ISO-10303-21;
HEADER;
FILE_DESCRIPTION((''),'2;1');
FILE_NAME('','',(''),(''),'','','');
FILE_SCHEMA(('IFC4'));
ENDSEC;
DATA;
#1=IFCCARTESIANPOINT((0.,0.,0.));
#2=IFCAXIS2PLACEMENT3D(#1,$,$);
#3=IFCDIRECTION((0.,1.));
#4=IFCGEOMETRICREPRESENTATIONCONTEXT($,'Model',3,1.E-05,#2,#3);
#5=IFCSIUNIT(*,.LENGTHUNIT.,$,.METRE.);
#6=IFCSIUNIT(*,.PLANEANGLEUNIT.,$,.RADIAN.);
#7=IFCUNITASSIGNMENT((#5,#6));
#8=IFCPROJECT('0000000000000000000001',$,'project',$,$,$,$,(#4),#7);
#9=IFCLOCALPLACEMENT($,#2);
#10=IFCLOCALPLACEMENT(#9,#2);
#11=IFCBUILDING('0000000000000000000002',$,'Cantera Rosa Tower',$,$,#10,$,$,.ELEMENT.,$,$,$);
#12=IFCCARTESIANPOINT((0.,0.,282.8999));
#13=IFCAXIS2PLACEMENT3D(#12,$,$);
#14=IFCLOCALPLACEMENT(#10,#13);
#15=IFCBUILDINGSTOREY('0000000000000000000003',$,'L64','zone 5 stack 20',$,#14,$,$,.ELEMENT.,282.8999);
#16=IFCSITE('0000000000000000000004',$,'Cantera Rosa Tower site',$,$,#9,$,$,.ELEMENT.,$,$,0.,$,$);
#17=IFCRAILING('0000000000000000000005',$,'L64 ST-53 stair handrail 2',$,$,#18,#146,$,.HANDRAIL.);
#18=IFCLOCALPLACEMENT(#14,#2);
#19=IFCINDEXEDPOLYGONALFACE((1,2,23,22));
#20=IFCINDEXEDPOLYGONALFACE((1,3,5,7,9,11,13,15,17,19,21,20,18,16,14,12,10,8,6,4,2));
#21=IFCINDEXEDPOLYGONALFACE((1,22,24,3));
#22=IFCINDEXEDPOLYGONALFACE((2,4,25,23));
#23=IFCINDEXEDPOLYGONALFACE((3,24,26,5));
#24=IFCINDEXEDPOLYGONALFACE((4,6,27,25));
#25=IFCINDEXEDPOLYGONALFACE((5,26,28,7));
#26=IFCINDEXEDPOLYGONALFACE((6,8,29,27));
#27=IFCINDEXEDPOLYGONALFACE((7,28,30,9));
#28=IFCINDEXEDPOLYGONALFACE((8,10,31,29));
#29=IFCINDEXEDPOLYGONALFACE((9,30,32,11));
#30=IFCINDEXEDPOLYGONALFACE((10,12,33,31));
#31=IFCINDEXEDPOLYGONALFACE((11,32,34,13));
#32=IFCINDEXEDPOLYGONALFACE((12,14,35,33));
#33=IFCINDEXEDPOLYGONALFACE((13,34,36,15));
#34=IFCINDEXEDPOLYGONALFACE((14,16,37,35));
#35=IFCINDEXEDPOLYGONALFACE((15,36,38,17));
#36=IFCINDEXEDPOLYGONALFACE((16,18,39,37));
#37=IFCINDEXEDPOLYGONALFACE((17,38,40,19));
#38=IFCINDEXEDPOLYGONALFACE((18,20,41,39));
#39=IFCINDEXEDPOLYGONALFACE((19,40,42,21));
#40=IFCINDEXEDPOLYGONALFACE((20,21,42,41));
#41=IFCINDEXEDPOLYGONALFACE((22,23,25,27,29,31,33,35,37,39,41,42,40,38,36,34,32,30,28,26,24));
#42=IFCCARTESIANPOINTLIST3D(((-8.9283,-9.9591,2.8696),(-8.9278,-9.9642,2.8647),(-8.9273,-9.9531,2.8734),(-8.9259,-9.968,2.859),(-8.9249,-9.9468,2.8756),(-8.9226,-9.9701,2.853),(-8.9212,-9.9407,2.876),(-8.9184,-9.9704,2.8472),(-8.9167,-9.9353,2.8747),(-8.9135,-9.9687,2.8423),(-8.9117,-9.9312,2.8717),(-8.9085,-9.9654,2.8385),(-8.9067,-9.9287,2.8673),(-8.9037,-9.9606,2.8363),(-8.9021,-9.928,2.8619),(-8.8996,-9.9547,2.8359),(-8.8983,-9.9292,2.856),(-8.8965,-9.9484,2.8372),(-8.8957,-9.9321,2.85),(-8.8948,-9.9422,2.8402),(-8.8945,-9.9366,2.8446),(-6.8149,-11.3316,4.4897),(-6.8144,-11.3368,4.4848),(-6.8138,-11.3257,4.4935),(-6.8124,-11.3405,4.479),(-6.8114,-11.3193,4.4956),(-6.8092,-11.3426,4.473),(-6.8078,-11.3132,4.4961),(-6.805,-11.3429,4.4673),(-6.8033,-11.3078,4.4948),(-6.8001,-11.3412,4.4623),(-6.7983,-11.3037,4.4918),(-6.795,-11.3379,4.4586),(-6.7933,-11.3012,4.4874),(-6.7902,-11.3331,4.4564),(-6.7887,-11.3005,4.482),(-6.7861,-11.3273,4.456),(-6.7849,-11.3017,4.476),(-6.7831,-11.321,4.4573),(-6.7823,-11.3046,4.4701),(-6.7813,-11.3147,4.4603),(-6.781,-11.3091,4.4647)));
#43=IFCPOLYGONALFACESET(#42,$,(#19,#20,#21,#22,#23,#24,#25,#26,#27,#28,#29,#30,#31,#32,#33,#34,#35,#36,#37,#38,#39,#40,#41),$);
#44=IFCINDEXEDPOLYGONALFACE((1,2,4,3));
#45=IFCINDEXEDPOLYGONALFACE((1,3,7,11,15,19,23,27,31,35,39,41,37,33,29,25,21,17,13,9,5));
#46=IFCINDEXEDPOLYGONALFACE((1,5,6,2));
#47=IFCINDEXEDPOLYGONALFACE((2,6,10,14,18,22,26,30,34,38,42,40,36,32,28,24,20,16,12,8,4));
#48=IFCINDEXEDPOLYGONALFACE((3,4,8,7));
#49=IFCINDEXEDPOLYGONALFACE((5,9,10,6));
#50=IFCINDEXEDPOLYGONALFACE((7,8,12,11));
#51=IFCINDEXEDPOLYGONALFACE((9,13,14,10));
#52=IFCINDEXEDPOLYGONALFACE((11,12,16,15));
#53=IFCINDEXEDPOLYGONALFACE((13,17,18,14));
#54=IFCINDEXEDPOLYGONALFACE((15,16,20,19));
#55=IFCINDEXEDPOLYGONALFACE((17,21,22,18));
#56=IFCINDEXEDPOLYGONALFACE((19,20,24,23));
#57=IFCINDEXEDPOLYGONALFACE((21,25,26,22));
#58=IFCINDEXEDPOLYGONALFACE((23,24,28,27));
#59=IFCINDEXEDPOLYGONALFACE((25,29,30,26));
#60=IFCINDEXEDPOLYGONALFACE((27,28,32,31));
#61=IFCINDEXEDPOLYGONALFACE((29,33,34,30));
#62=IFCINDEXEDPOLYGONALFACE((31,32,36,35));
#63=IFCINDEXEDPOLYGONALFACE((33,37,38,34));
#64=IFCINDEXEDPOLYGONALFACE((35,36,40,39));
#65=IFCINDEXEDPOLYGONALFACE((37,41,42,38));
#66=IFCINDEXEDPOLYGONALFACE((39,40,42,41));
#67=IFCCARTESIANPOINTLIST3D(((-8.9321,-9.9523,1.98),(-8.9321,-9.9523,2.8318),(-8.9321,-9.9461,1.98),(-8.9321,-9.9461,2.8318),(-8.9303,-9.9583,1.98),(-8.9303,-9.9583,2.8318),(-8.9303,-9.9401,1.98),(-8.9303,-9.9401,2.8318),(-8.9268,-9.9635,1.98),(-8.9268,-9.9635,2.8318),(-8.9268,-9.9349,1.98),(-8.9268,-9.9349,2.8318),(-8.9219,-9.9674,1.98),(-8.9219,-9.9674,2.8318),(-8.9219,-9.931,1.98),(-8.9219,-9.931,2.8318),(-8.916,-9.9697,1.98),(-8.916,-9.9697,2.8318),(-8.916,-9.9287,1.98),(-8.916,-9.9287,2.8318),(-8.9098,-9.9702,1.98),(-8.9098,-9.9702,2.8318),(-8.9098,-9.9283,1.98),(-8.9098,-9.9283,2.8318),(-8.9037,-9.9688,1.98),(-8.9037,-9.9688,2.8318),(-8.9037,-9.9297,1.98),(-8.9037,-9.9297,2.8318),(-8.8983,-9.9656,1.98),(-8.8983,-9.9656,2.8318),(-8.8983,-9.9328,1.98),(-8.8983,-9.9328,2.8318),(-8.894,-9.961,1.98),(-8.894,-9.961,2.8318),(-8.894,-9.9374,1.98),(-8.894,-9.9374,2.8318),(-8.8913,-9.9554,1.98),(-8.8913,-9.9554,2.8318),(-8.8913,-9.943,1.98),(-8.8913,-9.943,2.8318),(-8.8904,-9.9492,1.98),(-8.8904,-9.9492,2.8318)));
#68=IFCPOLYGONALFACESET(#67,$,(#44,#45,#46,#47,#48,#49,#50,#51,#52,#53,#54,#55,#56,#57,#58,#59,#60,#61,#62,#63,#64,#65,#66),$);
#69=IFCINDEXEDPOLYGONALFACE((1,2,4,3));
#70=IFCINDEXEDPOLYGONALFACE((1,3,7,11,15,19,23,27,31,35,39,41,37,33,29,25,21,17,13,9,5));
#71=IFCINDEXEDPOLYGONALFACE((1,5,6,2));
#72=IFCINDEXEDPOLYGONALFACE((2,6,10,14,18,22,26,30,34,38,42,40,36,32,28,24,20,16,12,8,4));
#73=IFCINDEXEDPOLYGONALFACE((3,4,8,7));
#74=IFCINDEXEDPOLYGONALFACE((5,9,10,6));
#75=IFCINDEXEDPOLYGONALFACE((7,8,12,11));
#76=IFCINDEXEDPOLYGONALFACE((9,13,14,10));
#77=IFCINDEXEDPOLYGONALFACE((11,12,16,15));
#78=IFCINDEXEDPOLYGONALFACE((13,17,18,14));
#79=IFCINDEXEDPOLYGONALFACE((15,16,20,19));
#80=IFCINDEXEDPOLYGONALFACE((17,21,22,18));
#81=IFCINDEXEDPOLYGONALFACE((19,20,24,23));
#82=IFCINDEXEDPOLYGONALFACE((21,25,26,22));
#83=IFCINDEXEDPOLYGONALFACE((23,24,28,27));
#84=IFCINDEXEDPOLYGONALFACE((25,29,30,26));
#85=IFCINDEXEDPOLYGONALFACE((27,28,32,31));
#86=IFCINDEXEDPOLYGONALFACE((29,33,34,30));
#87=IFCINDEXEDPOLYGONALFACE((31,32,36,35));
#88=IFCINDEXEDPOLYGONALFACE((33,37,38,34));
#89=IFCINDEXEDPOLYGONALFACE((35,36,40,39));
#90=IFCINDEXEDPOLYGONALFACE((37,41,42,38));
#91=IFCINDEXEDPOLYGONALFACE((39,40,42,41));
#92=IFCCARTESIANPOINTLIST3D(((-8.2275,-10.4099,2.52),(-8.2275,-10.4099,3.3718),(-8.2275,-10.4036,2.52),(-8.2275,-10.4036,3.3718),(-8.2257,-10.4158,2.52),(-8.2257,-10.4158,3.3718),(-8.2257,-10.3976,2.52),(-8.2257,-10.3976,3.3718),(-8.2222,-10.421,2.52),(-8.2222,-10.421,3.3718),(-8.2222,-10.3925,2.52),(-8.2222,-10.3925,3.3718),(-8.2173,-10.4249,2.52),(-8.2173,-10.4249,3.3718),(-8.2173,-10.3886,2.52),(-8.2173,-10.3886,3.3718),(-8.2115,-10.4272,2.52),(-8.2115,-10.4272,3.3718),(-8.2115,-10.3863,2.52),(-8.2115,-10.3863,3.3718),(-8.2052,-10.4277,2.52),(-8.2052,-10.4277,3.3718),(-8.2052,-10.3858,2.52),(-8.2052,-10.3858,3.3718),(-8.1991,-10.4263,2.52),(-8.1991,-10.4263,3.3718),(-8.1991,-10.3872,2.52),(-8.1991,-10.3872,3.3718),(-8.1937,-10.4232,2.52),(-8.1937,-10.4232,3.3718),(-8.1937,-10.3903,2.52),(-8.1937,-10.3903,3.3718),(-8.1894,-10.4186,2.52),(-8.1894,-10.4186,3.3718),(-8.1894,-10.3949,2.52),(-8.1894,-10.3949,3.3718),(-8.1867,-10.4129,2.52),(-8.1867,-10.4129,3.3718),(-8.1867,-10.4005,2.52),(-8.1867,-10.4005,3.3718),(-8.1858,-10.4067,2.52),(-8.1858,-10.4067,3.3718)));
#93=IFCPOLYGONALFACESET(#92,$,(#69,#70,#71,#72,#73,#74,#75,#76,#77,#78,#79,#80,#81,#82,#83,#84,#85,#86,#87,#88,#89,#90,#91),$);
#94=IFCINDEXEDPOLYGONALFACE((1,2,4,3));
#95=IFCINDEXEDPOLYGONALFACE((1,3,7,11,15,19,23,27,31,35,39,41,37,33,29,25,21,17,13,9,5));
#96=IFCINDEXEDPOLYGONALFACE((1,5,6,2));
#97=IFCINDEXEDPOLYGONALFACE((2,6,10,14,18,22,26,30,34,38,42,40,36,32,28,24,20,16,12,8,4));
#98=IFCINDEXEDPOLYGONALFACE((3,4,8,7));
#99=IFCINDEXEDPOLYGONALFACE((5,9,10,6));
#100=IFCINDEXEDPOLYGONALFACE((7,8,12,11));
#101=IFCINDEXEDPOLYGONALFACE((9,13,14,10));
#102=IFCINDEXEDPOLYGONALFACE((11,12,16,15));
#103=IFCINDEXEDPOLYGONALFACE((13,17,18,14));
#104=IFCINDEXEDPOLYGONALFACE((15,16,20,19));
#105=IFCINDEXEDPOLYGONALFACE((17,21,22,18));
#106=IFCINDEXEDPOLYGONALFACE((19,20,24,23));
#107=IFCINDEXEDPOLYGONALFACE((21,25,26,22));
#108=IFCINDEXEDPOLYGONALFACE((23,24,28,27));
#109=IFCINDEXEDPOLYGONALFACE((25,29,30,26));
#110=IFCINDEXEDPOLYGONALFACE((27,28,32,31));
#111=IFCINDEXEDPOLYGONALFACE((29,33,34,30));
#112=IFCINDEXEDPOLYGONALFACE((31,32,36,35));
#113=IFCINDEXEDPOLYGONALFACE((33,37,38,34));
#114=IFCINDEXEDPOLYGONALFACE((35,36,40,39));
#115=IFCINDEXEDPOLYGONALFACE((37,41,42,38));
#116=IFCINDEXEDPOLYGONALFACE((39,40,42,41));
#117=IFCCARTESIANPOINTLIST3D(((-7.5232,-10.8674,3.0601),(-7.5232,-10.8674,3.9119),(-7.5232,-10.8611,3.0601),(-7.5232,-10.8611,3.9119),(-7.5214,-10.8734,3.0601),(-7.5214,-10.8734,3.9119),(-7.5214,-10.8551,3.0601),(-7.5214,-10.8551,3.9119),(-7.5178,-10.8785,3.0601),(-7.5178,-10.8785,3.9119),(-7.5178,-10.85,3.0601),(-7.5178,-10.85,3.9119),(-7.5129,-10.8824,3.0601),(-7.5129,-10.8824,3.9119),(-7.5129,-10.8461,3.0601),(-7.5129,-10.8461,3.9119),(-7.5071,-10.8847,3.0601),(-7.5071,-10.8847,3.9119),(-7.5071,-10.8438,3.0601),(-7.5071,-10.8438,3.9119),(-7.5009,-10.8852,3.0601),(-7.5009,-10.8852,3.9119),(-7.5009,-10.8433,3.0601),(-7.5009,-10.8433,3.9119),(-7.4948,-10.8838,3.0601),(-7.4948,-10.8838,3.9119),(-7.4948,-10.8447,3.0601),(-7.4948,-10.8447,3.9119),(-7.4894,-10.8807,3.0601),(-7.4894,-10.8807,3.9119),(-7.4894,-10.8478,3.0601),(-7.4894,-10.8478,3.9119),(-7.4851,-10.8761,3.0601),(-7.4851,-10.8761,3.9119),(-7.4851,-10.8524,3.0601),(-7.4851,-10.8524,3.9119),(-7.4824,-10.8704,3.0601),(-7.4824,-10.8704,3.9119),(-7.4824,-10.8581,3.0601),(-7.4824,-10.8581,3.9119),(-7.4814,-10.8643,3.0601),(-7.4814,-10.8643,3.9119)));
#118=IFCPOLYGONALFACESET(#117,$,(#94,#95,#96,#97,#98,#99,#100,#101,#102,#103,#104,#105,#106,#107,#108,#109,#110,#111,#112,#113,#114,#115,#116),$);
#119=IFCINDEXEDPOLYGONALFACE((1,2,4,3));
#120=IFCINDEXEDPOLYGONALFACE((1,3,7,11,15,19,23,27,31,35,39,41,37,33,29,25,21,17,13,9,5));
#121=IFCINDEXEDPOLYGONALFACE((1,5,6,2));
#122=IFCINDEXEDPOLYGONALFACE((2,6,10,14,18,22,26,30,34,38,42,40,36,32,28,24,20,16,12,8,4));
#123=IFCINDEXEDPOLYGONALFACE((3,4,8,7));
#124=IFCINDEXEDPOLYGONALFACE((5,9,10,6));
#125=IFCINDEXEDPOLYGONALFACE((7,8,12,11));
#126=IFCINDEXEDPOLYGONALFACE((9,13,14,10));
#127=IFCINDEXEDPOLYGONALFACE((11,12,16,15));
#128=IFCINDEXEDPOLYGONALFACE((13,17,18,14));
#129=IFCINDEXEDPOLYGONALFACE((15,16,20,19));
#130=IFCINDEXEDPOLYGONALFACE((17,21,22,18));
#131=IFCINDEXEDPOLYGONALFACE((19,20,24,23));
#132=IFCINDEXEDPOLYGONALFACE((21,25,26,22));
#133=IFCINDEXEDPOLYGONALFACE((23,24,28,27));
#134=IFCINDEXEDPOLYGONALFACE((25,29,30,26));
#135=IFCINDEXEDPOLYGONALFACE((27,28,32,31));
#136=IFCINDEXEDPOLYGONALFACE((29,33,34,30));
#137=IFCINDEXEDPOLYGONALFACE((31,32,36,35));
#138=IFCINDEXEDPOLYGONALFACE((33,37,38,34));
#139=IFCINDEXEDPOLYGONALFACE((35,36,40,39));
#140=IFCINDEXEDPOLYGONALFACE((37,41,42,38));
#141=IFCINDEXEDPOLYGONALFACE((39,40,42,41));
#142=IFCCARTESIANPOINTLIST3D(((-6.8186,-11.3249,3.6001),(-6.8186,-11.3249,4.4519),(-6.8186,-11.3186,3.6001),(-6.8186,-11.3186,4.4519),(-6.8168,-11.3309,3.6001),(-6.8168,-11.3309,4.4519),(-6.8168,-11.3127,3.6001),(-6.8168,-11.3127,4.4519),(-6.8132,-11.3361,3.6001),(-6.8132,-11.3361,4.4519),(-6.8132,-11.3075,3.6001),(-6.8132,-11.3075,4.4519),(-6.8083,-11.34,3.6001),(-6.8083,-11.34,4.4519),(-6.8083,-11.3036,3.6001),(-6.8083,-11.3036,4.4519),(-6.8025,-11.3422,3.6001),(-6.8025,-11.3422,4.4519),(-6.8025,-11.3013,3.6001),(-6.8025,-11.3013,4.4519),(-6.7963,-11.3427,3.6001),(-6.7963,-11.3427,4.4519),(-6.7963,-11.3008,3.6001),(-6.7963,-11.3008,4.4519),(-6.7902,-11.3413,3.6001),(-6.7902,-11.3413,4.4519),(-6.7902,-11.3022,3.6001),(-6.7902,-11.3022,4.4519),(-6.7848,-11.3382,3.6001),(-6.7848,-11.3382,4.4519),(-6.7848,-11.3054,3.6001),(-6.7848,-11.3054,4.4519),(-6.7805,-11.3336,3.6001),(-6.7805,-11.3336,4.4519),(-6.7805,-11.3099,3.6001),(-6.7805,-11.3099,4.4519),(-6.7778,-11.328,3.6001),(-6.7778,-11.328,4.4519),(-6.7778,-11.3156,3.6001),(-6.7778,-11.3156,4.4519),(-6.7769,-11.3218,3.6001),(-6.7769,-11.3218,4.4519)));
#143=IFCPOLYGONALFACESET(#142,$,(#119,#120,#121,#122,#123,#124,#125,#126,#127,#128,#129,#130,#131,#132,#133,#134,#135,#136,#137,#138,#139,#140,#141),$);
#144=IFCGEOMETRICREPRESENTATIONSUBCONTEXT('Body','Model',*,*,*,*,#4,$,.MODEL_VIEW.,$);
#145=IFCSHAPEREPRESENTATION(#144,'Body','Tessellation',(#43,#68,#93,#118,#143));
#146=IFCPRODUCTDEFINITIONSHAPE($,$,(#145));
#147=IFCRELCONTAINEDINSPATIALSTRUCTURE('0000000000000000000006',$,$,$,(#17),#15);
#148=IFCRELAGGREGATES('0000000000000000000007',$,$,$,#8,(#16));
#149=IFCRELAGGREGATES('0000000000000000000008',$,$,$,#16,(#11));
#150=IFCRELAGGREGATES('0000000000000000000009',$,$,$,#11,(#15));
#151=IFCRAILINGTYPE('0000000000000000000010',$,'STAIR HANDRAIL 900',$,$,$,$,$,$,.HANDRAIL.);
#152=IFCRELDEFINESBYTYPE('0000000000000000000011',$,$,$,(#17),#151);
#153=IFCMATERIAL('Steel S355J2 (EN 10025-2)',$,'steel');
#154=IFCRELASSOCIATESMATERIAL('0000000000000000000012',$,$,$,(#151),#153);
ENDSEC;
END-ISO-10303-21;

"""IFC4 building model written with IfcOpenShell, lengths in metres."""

from ifc_helpers import new_model, si_unit, direction, frame, origin, origin_2d, place, context, subcontext, project, spatial, circle, extrude, material, type_object, element, save


model = new_model("IFC4")

# Units and contexts
model_context = context("Model", 3, precision=1e-05, world=origin(), true_north=direction((0.0, 1.0)))
body_context = subcontext(model_context, "Body", "Model", "MODEL_VIEW")
ifc_project = project(units=[si_unit("LENGTHUNIT", "METRE"), si_unit("PLANEANGLEUNIT", "RADIAN")], contexts=[model_context])

# Site, building, storey
site_placement = place(None, origin())
site = spatial("IfcSite", under=ifc_project, at=site_placement, Name="Cantera Rosa Tower site", CompositionType="ELEMENT", RefElevation=0.0)
building_placement = place(site_placement, origin())
building = spatial("IfcBuilding", under=site, at=building_placement, Name="Cantera Rosa Tower", CompositionType="ELEMENT")
storey_placement = place(building_placement, frame((0.0, 0.0, 282.8999)))
storey = spatial("IfcBuildingStorey", under=building, at=storey_placement, Name="L64", Description="zone 5 stack 20", CompositionType="ELEMENT", Elevation=282.8999)

# Railing
ifc_material_1 = material(Name="Steel S355J2 (EN 10025-2)", Category="steel")
railing_type_1 = type_object("IfcRailingType", Name="STAIR HANDRAIL 900", PredefinedType="HANDRAIL", material=ifc_material_1)
railing_1_placement = place(storey_placement, frame((-8.9114, -9.9492, 1.98)))
element("IfcRailing", 1, at=railing_1_placement, inside=storey, type_object=railing_type_1, Name="L64 ST-53 stair handrail 2", PredefinedType="HANDRAIL", context=body_context, shape_type="SweptSolid", body=[
    extrude(circle(Radius=0.0239, at=origin_2d()), frame((0.0, 0.0, 0.876), z_axis=(0.705462, -0.458139, 0.54077), x_axis=(0.544644, 0.838667, 0.0)), (0.0, 0.0, 1.0), 2.9958),
    extrude(circle(Radius=0.021, at=origin_2d()), origin(), (0.0, 0.0, 1.0), 0.8518),
    extrude(circle(Radius=0.021, at=origin_2d()), frame((0.7046, -0.4575, 0.54)), (0.0, 0.0, 1.0), 0.8518),
    extrude(circle(Radius=0.021, at=origin_2d()), frame((1.4089, -0.915, 1.0801)), (0.0, 0.0, 1.0), 0.8518),
    extrude(circle(Radius=0.021, at=origin_2d()), frame((2.1135, -1.3726, 1.6201)), (0.0, 0.0, 1.0), 0.8518),
])

save(model, "model.ifc")
